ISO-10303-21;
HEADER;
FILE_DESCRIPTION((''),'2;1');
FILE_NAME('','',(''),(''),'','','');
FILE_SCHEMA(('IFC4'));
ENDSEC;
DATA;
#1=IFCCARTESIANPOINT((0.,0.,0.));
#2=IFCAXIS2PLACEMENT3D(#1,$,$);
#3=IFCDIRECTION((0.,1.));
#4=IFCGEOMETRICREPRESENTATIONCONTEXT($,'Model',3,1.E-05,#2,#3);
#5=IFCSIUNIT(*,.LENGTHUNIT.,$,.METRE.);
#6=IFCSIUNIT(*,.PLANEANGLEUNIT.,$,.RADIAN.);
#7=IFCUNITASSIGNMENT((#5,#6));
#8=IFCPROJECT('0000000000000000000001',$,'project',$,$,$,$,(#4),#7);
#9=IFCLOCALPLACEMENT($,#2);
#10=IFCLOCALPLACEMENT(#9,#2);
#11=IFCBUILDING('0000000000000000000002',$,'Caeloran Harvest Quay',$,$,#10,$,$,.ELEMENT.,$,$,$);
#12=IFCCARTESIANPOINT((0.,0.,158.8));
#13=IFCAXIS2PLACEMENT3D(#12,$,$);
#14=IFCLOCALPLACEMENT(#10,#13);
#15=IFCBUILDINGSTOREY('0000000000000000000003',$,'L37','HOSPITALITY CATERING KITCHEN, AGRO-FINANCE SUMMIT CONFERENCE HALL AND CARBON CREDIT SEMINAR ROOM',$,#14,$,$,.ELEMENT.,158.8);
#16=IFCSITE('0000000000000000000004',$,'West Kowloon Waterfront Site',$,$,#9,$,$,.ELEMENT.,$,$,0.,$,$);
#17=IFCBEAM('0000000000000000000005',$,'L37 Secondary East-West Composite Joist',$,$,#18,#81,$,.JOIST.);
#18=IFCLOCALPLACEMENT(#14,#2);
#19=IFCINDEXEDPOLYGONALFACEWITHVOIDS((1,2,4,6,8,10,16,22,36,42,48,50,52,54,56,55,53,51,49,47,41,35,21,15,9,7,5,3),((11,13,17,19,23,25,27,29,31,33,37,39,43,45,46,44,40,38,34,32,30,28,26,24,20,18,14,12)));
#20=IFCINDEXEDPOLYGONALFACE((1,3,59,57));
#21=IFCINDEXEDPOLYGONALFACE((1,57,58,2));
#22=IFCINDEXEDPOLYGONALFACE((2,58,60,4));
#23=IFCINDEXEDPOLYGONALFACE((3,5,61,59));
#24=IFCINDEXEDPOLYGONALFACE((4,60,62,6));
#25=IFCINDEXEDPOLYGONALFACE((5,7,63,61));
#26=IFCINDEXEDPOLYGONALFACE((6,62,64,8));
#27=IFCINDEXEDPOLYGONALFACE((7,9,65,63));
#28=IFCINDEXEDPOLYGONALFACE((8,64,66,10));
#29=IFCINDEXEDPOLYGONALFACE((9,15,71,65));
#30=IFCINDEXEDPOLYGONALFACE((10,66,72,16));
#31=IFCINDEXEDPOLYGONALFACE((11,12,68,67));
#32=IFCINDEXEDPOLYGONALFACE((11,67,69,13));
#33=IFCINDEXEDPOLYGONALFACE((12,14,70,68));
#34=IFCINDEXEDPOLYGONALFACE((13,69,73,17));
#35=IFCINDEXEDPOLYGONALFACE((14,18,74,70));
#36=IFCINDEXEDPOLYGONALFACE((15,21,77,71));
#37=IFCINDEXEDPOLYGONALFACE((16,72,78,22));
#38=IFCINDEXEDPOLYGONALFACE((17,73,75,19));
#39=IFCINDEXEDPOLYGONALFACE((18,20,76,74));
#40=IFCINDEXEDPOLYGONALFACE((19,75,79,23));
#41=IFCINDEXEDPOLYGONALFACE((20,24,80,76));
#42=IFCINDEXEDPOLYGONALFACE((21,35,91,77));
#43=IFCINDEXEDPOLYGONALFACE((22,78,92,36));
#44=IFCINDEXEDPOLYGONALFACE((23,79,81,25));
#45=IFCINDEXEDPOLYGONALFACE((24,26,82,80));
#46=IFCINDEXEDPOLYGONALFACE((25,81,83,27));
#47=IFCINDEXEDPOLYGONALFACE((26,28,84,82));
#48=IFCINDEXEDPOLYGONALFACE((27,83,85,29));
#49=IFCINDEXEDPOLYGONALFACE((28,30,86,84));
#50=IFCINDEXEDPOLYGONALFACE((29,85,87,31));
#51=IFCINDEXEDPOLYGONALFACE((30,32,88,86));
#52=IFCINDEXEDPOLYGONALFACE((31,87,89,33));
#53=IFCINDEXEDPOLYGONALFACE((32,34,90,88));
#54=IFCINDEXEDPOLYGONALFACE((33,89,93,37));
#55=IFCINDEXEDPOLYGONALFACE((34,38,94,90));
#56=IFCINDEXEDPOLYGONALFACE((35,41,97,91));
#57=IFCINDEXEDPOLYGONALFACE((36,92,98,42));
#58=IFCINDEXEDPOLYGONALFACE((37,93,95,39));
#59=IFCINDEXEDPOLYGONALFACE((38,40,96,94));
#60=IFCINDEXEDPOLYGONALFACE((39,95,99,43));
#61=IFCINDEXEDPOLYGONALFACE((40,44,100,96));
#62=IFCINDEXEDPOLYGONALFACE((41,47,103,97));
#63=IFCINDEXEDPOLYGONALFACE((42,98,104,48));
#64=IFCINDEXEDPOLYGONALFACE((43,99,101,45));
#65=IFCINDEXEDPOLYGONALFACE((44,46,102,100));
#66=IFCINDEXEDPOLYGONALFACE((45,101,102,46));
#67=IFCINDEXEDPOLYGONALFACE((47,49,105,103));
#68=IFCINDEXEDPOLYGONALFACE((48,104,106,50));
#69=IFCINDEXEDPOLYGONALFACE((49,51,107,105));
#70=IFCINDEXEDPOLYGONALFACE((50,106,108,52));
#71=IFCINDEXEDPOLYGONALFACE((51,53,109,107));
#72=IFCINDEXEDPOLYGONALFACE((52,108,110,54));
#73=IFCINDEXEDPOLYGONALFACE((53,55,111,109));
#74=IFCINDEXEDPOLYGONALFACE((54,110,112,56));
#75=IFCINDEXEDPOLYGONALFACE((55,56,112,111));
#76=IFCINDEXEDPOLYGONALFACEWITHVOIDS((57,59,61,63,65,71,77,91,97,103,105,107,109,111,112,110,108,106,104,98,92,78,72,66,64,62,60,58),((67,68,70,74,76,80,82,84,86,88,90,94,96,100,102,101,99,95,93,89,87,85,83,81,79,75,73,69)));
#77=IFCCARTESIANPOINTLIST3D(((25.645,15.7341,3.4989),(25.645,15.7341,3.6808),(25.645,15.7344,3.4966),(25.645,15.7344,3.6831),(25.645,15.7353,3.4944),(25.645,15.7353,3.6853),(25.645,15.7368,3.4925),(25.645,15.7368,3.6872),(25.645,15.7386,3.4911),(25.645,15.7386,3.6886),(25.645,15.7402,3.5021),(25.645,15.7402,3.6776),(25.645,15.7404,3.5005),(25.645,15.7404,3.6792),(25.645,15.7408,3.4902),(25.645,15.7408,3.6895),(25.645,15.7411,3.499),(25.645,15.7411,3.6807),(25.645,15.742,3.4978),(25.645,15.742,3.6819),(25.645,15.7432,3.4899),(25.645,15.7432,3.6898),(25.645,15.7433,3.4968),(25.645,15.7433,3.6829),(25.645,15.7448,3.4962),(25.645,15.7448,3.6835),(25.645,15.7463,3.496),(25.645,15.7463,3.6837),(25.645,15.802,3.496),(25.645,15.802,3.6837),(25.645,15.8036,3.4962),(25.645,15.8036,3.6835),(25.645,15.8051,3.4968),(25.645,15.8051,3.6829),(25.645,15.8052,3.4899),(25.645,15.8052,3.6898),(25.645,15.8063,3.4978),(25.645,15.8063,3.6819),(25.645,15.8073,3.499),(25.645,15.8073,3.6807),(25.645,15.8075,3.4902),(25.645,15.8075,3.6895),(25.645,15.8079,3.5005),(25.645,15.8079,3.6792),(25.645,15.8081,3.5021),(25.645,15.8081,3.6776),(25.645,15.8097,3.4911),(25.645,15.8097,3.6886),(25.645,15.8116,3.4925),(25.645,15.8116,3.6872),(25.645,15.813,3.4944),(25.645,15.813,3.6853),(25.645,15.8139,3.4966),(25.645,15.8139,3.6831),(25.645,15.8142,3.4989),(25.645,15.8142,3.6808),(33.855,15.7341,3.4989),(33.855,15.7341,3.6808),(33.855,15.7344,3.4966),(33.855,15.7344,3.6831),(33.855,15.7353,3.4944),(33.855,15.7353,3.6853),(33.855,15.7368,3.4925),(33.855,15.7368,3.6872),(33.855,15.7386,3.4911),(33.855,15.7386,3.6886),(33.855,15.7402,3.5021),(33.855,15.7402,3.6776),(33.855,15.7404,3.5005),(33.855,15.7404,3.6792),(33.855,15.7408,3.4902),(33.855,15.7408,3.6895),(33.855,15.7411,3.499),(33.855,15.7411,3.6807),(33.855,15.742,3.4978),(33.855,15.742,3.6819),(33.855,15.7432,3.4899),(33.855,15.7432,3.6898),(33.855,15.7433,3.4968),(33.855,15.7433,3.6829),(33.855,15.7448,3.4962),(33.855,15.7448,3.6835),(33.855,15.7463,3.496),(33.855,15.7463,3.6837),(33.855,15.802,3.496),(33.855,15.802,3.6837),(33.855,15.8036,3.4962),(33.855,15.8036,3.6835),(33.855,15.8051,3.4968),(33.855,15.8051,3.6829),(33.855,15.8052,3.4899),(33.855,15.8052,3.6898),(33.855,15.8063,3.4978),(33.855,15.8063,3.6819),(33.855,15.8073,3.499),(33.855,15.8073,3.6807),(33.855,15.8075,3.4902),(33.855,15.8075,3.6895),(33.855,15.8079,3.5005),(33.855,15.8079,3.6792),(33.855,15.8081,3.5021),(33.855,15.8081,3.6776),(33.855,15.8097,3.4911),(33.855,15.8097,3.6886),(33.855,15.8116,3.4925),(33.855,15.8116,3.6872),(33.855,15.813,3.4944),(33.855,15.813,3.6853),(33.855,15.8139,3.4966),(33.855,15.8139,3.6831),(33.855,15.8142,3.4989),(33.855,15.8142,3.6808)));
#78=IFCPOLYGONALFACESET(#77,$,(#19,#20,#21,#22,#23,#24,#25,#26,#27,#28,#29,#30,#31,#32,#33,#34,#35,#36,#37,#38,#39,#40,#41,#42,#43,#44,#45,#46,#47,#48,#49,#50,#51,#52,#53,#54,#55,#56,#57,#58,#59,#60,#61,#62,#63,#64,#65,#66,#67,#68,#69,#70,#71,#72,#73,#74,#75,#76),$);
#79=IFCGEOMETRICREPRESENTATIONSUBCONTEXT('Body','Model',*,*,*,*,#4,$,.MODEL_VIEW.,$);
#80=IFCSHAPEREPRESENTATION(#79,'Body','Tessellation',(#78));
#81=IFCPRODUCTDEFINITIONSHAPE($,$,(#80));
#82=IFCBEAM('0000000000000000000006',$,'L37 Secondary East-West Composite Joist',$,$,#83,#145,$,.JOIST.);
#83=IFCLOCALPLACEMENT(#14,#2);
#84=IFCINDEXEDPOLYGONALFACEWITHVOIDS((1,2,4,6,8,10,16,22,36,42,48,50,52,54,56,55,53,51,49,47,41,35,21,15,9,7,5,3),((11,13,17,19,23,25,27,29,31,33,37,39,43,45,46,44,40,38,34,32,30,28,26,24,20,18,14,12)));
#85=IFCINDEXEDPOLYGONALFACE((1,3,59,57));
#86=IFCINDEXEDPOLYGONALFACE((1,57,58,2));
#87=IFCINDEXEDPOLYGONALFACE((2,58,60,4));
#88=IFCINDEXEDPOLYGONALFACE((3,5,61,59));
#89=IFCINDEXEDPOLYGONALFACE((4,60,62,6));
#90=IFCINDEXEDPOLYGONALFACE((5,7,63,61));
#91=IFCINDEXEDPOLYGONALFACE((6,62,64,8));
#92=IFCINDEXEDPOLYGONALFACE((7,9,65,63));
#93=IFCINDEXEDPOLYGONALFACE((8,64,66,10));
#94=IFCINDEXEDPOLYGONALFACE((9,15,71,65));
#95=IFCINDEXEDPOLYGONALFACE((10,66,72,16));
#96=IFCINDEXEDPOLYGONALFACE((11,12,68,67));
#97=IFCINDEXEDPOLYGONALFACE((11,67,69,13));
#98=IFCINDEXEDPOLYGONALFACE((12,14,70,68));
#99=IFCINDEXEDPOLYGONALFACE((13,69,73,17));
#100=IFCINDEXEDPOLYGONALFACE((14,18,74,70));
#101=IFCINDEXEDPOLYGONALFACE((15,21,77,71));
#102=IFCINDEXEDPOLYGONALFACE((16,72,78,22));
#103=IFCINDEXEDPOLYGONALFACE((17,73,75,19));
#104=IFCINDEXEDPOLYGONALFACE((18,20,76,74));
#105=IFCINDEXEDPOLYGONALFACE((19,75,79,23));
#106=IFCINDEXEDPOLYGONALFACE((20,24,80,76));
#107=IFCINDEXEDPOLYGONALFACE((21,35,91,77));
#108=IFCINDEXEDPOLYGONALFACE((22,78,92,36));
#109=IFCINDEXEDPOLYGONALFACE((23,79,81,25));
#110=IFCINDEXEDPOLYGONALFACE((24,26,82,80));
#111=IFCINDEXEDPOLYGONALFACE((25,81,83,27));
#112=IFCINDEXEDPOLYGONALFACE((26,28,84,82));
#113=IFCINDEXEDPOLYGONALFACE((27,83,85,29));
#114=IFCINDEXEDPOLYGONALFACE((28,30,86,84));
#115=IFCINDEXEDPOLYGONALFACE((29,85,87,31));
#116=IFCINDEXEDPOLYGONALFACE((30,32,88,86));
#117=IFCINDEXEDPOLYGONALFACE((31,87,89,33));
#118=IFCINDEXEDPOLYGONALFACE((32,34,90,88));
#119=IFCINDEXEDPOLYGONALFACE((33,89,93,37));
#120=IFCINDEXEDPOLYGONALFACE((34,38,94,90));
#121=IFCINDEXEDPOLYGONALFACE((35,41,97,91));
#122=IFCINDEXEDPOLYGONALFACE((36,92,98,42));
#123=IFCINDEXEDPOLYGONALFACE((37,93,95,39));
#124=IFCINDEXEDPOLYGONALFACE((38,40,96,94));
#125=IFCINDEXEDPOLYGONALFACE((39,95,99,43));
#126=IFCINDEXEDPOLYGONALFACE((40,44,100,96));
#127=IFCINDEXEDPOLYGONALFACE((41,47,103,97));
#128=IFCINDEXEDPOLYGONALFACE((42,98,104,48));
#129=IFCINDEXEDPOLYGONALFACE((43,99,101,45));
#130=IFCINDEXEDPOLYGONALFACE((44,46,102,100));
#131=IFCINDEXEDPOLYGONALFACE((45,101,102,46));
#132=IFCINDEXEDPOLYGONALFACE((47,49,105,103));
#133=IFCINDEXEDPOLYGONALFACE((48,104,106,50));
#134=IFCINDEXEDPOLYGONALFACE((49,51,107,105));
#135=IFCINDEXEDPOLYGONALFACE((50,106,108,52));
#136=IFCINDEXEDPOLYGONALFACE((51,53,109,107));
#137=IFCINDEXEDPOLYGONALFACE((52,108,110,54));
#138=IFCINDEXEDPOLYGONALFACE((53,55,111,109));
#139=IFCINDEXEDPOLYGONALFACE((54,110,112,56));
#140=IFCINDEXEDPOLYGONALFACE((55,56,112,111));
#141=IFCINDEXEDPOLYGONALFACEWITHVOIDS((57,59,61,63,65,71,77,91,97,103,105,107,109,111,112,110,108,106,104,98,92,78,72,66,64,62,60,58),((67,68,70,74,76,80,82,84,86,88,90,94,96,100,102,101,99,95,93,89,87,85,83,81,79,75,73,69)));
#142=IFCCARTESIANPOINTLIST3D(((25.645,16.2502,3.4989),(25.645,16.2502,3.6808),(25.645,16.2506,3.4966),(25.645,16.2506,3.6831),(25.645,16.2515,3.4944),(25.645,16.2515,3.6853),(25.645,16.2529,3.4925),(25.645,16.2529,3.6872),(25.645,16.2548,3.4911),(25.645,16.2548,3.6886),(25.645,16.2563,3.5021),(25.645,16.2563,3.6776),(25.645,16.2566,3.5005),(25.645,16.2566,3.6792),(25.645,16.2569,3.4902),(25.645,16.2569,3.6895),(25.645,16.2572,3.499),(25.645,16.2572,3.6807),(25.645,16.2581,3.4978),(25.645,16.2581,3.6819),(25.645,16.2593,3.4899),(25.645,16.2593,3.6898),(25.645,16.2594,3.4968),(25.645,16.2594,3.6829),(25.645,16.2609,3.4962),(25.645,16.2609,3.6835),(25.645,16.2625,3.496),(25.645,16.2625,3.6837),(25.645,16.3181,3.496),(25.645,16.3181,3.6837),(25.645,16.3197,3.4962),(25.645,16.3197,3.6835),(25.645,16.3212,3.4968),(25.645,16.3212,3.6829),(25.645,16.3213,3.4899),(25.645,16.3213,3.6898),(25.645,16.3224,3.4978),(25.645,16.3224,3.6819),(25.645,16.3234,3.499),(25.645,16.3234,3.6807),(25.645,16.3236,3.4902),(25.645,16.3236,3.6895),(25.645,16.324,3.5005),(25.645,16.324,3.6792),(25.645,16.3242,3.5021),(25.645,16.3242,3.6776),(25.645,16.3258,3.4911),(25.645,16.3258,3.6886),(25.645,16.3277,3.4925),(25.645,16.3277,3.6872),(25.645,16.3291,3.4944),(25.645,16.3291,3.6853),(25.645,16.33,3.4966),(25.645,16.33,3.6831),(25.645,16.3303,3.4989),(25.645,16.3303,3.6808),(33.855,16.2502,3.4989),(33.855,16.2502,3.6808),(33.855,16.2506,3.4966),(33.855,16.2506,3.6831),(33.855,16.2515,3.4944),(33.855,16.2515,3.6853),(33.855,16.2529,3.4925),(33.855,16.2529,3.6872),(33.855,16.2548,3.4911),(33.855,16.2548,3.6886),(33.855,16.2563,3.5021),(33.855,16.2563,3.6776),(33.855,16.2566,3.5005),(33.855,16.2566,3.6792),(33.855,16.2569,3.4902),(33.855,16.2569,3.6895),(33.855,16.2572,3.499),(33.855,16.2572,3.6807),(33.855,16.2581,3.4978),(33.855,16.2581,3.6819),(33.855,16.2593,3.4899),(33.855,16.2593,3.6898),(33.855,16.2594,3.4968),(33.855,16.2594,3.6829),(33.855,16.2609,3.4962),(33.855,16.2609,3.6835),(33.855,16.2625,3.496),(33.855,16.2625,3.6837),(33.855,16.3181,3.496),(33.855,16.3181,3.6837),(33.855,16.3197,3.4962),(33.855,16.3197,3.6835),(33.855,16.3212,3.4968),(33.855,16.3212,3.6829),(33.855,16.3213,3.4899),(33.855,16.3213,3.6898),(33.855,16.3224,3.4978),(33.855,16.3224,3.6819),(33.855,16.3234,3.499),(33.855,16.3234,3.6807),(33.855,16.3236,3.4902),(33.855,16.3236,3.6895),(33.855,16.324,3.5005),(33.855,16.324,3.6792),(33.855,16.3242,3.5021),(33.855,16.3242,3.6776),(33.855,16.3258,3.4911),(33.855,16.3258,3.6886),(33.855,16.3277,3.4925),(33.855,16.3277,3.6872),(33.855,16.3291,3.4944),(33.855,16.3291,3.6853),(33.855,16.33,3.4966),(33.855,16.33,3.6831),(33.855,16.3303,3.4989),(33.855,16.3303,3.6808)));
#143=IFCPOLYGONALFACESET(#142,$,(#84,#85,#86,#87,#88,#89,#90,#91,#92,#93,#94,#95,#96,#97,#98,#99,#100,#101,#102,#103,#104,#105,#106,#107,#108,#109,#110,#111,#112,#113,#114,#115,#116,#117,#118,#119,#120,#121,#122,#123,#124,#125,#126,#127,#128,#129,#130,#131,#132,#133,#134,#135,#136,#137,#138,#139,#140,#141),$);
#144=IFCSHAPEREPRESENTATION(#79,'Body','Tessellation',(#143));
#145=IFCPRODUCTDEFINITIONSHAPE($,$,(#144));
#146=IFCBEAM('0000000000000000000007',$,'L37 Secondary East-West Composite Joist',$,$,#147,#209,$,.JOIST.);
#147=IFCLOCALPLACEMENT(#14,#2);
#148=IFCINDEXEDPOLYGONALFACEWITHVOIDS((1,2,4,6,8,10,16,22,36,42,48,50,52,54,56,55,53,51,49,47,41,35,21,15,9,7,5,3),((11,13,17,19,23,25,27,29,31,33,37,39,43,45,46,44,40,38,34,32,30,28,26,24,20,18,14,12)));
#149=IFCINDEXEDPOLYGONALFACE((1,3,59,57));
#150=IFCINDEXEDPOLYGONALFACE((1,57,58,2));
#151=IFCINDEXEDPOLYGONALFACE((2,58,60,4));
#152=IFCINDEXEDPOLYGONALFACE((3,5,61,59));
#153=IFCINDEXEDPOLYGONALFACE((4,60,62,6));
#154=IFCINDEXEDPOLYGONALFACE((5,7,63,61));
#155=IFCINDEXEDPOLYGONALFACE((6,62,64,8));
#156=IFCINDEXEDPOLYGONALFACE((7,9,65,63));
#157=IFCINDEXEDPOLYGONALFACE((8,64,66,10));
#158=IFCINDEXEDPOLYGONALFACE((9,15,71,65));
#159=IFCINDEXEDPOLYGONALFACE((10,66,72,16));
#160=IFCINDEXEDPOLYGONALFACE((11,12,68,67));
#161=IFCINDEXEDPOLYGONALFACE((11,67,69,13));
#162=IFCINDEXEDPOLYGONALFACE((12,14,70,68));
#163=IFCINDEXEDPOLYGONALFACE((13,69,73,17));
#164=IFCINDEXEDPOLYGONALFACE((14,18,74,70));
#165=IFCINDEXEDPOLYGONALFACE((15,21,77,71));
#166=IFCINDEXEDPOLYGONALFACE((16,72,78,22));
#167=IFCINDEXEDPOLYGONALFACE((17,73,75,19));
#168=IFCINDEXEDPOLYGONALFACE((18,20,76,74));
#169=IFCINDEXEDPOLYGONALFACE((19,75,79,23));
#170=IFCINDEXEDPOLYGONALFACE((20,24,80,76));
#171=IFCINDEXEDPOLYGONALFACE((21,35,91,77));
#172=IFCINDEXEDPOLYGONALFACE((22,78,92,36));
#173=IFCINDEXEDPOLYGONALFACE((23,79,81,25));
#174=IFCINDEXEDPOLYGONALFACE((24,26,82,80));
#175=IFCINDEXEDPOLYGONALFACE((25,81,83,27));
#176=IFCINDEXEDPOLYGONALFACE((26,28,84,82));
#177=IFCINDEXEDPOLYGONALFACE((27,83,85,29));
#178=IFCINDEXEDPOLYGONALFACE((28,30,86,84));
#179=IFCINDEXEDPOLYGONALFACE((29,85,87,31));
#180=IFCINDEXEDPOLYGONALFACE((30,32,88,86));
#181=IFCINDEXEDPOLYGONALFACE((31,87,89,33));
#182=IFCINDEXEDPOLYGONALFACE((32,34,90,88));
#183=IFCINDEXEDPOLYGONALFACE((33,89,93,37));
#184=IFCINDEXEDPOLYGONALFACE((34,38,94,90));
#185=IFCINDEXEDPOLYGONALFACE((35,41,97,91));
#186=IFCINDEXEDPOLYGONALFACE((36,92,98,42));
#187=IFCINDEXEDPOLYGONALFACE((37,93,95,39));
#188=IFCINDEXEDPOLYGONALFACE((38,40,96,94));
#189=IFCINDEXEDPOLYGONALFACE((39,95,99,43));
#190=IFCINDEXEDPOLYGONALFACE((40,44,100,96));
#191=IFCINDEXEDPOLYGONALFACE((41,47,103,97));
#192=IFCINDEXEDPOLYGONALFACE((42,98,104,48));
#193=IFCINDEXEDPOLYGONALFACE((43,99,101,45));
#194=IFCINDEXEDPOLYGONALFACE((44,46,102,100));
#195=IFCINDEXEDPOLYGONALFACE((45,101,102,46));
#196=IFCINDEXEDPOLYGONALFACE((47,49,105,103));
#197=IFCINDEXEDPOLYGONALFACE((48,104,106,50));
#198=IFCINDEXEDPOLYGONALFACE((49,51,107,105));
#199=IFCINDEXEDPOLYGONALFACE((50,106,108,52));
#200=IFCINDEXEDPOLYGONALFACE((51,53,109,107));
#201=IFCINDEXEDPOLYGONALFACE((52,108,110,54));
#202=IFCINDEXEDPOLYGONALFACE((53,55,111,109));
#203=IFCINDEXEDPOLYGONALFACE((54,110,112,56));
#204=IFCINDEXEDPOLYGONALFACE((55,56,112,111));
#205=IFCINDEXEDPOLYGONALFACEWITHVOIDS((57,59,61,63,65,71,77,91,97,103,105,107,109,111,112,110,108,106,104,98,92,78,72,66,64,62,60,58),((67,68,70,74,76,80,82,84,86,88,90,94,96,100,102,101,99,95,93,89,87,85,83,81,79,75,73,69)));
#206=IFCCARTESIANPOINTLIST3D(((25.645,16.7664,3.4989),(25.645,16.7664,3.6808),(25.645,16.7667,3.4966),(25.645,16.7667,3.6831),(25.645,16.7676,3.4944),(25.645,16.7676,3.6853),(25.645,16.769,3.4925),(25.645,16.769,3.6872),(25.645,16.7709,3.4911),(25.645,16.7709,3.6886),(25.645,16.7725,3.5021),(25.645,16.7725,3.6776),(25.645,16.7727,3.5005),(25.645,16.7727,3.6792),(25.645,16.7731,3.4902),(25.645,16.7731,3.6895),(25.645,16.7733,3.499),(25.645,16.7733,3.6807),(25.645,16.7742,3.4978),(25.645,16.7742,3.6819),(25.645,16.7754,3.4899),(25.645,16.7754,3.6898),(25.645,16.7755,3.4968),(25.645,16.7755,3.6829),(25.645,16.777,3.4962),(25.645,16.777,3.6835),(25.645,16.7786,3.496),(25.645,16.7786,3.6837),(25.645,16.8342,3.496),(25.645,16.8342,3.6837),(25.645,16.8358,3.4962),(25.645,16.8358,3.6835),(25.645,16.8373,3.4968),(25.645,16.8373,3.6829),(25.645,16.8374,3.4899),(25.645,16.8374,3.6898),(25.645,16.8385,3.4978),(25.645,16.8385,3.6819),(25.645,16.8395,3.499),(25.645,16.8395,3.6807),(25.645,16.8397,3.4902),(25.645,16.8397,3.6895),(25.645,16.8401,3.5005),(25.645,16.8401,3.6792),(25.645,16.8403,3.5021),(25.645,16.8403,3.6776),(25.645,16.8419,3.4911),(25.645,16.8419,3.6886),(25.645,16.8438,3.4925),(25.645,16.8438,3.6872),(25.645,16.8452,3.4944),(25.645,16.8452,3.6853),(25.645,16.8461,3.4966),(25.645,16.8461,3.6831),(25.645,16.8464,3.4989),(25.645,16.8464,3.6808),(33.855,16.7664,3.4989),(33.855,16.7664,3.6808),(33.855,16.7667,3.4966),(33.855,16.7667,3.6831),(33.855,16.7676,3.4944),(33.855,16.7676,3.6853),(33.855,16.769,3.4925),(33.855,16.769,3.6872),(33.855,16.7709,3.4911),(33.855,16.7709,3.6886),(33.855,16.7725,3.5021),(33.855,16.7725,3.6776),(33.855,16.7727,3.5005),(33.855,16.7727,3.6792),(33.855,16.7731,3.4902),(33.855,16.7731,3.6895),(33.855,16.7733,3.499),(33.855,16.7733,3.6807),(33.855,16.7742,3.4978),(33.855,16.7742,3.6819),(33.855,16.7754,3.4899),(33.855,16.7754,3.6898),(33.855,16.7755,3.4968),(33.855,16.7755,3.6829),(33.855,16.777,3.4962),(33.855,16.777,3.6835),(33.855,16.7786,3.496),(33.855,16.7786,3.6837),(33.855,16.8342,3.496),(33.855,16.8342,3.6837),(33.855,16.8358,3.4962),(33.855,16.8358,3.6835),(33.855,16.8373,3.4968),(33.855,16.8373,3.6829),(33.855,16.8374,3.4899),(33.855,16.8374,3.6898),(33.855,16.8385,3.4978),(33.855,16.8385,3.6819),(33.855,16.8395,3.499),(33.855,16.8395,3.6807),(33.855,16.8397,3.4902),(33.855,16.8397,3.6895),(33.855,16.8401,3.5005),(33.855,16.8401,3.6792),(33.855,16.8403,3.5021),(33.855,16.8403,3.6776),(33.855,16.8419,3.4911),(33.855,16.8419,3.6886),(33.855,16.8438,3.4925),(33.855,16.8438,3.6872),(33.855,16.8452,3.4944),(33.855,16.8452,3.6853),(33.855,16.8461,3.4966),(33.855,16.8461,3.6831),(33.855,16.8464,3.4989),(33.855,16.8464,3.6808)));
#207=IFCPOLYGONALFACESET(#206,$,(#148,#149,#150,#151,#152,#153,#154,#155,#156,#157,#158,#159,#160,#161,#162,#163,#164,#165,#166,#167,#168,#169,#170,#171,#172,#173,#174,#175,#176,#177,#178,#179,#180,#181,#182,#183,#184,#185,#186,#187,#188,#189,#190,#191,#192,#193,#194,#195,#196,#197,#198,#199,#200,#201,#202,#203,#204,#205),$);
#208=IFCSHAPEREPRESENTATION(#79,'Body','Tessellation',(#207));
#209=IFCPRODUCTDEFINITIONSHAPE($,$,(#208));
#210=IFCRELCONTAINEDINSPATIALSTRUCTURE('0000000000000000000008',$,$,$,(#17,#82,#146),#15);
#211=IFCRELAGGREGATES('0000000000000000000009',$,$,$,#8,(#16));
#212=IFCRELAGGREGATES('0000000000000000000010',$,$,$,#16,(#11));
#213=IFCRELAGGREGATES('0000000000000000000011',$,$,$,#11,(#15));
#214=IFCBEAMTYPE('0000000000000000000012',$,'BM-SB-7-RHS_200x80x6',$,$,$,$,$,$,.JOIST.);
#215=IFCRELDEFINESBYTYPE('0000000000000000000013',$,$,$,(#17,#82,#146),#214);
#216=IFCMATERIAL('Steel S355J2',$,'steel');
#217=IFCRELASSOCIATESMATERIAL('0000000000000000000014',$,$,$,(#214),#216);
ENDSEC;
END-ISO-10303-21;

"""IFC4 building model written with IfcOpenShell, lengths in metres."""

from ifc_helpers import new_model, si_unit, direction, frame, origin, origin_2d, place, context, subcontext, project, spatial, hollow_rectangle, extrude, material, material_profile, profile_set, type_object, element, save


model = new_model("IFC4")

# Units and contexts
model_context = context("Model", 3, precision=1e-05, world=origin(), true_north=direction((0.0, 1.0)))
body_context = subcontext(model_context, "Body", "Model", "MODEL_VIEW")
ifc_project = project(units=[si_unit("LENGTHUNIT", "METRE"), si_unit("PLANEANGLEUNIT", "RADIAN")], contexts=[model_context])

# Site, building, storey
site_placement = place(None, origin())
site = spatial("IfcSite", under=ifc_project, at=site_placement, Name="West Kowloon Waterfront Site", CompositionType="ELEMENT", RefElevation=0.0)
building_placement = place(site_placement, origin())
building = spatial("IfcBuilding", under=site, at=building_placement, Name="Caeloran Harvest Quay", CompositionType="ELEMENT")
storey_placement = place(building_placement, frame((0.0, 0.0, 158.8)))
storey = spatial("IfcBuildingStorey", under=building, at=storey_placement, Name="L37", Description="HOSPITALITY CATERING KITCHEN, AGRO-FINANCE SUMMIT CONFERENCE HALL AND CARBON CREDIT SEMINAR ROOM", CompositionType="ELEMENT", Elevation=158.8)

# Beams
ifc_material_1 = material(Name="Steel S355J2", Category="steel")
ifc_material_profile_1 = material_profile(ifc_material_1, hollow_rectangle(XDim=0.0801, YDim=0.2, WallThickness=0.0061, InnerFilletRadius=0.0061, OuterFilletRadius=0.009, at=origin_2d()), Name="RHS 200x80x6")
ifc_profile_set_1 = profile_set([ifc_material_profile_1], Name="Steel S355J2")
beam_type_1 = type_object("IfcBeamType", Name="BM-SB-7-RHS_200x80x6", PredefinedType="JOIST", material=ifc_profile_set_1)
for number, where, z_axis, x_axis, name in (
    (1, (25.645, 15.7742, 3.5898), (1.0, 0.0, 0.0), (0.0, 1.0, 0.0), "L37 Secondary East-West Composite Joist"),
    (2, (25.645, 16.2903, 3.5898), (1.0, 0.0, 0.0), (0.0, 1.0, 0.0), "L37 Secondary East-West Composite Joist"),
    (3, (25.645, 16.8064, 3.5898), (1.0, 0.0, 0.0), (0.0, 1.0, 0.0), "L37 Secondary East-West Composite Joist"),
):
    element("IfcBeam", number, at=place(storey_placement, frame(where, z_axis=z_axis, x_axis=x_axis)), inside=storey, type_object=beam_type_1, Name=name, PredefinedType="JOIST", context=body_context, shape_type="SweptSolid", body=[
        extrude(hollow_rectangle(XDim=0.0801, YDim=0.2, WallThickness=0.0061, InnerFilletRadius=0.0061, OuterFilletRadius=0.009, at=origin_2d()), origin(), (0.0, 0.0, 1.0), 8.21),
    ])

save(model, "model.ifc")
